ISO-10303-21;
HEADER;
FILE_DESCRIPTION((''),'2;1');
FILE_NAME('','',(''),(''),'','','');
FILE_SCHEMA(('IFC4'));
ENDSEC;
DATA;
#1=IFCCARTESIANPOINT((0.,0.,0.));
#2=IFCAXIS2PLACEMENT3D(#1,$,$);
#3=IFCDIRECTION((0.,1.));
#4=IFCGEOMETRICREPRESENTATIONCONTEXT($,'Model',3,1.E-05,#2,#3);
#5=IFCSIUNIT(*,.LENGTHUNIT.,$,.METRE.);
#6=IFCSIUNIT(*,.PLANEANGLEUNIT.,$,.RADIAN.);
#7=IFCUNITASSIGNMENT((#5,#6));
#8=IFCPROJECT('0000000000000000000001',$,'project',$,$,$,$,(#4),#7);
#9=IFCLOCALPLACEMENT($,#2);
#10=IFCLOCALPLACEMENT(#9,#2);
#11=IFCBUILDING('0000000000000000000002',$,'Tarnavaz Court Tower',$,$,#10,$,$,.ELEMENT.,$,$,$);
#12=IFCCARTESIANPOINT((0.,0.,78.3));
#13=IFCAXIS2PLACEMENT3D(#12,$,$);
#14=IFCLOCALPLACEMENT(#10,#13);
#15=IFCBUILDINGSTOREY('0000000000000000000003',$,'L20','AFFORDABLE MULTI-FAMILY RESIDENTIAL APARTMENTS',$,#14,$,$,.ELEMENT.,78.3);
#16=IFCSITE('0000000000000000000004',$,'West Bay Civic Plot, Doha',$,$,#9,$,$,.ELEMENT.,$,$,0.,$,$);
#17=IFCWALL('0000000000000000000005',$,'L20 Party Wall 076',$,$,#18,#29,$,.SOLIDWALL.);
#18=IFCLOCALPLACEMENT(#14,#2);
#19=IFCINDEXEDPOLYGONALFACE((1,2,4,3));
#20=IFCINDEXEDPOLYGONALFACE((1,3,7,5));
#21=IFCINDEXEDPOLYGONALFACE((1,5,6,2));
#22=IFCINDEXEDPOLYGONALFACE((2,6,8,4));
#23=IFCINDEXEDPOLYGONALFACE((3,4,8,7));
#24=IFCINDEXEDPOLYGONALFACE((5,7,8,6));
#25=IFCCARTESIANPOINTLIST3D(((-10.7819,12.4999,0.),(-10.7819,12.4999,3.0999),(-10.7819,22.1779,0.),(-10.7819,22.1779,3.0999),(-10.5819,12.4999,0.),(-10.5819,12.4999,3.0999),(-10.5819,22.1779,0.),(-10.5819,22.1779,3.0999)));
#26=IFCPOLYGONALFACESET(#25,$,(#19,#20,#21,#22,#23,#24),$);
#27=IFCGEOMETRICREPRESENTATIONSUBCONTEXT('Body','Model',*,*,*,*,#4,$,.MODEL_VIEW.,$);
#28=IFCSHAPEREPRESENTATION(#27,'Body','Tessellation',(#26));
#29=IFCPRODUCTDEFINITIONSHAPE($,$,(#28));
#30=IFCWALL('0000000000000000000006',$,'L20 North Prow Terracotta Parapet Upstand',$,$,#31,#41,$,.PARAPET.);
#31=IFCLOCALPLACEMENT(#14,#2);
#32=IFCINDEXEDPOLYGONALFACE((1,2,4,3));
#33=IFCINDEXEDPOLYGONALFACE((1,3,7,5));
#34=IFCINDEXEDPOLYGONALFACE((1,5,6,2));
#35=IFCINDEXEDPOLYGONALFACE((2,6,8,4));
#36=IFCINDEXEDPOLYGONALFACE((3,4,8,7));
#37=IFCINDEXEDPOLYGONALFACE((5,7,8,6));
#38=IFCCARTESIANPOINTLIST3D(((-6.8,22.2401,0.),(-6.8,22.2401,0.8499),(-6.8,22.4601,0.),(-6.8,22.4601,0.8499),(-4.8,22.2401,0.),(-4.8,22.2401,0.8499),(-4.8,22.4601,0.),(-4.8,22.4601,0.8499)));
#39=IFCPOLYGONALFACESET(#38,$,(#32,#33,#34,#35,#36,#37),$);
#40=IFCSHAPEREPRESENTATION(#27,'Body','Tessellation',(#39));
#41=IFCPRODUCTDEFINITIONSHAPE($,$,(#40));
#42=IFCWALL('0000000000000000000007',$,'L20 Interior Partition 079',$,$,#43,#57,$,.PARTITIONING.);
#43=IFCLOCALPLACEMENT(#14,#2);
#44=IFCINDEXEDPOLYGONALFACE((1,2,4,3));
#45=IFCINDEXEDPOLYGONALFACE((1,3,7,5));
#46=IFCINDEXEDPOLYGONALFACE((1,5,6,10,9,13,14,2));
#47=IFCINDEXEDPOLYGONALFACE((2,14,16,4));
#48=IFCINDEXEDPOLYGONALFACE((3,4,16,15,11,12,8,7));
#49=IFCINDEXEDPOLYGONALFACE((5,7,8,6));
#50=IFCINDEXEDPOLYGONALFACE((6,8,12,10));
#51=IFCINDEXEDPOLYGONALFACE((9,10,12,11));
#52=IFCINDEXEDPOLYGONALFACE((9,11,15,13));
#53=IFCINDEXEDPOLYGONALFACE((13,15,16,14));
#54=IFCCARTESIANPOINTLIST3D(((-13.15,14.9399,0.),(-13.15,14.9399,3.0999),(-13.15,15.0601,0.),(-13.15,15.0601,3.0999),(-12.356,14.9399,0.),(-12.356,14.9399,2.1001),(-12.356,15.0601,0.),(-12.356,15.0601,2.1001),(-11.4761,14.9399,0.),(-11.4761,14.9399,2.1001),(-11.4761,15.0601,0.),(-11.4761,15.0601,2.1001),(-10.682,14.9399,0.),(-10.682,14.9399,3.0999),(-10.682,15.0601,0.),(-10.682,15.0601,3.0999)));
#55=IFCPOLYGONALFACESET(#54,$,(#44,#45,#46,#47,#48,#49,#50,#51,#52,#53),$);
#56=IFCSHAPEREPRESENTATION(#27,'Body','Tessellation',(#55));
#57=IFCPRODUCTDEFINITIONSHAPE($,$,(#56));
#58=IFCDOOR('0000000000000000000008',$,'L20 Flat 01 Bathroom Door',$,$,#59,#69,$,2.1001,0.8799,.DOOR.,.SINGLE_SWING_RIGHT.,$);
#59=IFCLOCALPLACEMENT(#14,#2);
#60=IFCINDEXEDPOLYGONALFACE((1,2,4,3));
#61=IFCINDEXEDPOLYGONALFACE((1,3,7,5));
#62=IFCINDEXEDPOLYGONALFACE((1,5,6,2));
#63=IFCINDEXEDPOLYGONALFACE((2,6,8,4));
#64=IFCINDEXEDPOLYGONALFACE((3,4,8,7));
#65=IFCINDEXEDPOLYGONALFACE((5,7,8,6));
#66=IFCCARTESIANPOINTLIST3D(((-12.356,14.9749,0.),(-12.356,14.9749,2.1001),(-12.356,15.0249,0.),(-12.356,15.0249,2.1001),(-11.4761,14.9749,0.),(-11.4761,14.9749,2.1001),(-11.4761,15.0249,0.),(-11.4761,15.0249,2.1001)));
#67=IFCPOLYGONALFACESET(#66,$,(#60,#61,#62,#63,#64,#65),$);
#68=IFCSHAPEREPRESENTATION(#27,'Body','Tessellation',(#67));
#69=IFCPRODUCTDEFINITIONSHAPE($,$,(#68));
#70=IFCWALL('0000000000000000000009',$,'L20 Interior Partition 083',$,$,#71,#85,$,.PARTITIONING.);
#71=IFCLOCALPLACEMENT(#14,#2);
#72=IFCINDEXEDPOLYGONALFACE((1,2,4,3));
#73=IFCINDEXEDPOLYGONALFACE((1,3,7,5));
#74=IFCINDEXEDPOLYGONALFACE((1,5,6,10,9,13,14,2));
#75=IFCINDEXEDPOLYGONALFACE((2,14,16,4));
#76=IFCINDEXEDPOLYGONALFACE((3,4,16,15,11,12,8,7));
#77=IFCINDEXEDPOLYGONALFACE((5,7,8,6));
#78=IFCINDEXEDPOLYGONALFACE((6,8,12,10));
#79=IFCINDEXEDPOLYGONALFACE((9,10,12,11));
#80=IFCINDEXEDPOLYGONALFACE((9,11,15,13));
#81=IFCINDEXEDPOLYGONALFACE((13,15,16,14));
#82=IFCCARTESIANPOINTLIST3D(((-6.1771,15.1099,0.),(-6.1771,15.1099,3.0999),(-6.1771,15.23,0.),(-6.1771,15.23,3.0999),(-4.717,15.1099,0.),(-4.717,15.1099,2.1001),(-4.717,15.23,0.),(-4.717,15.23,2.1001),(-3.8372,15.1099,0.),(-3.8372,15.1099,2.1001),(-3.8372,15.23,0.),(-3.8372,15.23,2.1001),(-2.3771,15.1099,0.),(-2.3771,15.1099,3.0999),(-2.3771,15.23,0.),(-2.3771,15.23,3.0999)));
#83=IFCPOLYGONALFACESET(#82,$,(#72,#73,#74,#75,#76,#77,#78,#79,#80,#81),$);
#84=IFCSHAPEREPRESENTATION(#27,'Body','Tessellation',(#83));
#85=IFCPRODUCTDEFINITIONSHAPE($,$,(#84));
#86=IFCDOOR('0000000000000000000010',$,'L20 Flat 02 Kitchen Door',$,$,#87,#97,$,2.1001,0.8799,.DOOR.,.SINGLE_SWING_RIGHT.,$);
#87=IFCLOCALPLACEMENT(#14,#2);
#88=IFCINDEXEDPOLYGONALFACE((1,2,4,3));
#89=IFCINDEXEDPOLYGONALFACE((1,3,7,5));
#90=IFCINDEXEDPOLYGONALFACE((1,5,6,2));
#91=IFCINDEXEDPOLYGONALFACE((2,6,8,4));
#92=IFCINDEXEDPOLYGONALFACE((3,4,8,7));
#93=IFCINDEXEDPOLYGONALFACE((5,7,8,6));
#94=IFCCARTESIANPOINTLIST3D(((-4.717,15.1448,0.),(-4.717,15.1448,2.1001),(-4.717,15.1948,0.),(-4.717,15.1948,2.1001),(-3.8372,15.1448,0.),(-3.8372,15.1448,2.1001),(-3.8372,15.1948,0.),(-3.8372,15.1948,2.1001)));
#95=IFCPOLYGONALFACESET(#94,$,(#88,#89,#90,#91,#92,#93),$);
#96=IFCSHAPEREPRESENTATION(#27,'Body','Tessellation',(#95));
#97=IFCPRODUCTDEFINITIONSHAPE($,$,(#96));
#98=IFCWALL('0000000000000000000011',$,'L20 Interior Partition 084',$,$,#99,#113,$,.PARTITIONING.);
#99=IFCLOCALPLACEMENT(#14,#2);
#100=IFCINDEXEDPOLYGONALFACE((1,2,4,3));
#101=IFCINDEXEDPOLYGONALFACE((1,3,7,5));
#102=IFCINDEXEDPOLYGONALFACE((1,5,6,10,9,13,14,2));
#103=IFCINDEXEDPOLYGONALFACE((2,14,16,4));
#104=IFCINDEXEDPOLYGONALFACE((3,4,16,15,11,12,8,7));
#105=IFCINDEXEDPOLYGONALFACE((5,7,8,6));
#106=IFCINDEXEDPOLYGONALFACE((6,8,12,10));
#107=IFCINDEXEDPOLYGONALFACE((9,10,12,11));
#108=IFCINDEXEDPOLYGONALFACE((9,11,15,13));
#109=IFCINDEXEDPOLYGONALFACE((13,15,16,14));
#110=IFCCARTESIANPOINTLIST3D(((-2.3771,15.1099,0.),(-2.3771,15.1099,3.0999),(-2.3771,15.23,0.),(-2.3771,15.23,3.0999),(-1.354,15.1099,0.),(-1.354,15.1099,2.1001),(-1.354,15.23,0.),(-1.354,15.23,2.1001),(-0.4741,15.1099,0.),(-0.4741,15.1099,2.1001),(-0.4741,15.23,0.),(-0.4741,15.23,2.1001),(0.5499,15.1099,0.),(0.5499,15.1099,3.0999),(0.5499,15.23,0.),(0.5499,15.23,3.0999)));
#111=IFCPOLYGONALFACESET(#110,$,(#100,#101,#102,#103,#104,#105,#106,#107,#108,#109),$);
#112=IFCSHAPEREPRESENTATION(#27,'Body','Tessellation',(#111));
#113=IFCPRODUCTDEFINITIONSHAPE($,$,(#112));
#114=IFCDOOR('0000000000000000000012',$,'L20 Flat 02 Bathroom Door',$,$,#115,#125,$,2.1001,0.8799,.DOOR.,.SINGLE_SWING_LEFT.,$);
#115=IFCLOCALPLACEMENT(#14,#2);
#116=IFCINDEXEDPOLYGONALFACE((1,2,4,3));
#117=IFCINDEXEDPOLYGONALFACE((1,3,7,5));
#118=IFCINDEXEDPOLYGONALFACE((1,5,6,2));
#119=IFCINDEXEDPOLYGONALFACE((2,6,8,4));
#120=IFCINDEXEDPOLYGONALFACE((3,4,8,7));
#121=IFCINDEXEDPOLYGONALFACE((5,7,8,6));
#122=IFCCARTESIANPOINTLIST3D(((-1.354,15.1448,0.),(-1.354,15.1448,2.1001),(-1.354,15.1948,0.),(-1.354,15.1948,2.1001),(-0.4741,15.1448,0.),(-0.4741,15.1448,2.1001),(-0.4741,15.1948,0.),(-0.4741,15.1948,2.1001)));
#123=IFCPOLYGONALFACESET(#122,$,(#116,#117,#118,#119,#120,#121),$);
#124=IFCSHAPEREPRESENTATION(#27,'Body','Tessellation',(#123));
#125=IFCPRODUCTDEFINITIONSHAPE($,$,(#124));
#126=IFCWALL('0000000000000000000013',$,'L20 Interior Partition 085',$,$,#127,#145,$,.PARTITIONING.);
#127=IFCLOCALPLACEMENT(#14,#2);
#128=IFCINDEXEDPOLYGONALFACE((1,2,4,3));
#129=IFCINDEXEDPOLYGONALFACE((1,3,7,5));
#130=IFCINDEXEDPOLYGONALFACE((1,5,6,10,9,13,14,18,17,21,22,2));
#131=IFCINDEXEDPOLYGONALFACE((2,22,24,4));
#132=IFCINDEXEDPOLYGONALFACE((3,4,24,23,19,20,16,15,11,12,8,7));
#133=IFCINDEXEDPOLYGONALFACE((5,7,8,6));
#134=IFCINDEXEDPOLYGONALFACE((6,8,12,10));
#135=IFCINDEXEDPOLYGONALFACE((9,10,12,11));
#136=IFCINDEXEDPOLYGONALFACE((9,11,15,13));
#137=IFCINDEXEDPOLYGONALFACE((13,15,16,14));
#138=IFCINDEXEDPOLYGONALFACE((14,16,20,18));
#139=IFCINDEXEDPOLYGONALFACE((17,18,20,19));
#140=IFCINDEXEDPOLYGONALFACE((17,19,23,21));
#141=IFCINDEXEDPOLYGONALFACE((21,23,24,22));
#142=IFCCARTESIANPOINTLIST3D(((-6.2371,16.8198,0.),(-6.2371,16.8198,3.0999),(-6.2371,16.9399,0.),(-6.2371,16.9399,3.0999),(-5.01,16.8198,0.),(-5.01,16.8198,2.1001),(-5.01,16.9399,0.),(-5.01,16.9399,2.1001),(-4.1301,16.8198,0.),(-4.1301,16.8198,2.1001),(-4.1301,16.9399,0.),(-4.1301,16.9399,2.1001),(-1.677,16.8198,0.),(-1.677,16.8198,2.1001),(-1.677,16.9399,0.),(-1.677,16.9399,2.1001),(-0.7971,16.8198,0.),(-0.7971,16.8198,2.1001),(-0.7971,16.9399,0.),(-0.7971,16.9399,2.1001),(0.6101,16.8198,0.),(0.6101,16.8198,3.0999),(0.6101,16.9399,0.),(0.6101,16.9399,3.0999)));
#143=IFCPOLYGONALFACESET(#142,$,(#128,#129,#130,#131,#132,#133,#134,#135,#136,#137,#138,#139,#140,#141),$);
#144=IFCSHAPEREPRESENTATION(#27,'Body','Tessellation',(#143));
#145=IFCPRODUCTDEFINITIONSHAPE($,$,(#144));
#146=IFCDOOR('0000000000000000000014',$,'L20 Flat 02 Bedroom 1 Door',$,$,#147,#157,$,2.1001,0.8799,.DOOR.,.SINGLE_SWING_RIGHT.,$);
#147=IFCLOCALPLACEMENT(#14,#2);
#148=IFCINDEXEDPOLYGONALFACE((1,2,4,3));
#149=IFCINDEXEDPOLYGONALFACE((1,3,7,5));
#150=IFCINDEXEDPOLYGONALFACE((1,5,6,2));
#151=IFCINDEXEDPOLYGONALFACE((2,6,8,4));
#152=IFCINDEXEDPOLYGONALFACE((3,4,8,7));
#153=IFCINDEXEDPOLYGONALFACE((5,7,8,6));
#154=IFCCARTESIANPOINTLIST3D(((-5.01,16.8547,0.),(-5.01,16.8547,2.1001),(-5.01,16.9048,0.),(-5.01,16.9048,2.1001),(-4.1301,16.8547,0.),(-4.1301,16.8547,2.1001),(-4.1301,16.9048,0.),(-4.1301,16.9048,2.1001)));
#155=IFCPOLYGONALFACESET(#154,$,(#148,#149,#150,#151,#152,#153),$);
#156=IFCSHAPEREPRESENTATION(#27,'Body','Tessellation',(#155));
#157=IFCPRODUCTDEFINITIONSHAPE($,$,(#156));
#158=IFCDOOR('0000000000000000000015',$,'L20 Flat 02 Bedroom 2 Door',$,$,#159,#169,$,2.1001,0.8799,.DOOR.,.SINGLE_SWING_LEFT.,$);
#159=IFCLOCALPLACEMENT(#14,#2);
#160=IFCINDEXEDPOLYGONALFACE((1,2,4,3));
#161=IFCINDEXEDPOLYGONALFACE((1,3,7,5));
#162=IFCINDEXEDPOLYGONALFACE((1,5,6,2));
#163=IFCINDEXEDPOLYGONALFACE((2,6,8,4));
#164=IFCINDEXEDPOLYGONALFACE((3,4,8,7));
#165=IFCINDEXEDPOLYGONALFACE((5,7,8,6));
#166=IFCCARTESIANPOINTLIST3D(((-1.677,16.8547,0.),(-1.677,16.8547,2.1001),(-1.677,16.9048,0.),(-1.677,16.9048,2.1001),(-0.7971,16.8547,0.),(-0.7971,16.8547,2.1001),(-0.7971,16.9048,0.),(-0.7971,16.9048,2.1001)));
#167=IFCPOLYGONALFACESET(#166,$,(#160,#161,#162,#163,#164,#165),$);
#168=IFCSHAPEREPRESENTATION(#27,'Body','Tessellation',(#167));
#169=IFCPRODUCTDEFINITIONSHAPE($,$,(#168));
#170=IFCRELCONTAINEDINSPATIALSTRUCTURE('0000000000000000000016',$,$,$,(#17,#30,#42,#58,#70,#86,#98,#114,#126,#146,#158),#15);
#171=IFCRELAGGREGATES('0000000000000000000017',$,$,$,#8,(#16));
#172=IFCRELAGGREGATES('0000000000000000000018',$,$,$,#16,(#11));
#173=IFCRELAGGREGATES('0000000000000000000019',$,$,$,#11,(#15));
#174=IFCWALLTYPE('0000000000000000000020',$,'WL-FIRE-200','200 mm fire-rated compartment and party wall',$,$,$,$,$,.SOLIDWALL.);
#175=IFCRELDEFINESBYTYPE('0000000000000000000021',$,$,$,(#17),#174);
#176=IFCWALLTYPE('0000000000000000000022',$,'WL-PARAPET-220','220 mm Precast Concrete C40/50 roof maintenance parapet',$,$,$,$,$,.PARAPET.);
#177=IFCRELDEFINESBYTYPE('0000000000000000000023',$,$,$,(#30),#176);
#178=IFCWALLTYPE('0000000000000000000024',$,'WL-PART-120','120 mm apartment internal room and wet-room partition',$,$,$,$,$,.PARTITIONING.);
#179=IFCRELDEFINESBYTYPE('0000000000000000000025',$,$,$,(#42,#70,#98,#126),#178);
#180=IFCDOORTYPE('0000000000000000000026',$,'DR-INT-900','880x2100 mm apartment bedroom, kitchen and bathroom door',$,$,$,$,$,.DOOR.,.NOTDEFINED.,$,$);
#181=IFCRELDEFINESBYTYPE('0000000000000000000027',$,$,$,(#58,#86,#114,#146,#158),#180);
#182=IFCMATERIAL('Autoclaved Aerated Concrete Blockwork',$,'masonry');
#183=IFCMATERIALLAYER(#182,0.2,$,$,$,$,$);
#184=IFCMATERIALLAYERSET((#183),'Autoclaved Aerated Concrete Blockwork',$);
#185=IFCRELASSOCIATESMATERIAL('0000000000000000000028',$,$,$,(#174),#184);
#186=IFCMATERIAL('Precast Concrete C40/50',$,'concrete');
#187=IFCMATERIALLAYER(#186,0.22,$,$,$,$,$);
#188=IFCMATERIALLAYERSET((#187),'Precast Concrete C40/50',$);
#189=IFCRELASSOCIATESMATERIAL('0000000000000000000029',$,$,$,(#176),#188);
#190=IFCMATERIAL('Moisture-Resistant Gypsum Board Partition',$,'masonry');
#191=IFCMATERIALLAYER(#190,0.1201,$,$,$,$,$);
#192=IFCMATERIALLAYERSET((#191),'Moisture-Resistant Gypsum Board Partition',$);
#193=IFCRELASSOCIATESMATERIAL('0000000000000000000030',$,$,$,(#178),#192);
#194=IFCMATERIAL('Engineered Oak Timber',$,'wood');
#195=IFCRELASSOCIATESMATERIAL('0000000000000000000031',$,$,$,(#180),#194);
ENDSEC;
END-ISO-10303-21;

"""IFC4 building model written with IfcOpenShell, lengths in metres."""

from ifc_helpers import new_model, si_unit, direction, frame, frame_2d, origin, place, context, subcontext, project, spatial, rectangle, extrude, material, layer, layer_set, type_object, element, fill, save


model = new_model("IFC4")

# Units and contexts
model_context = context("Model", 3, precision=1e-05, world=origin(), true_north=direction((0.0, 1.0)))
body_context = subcontext(model_context, "Body", "Model", "MODEL_VIEW")
ifc_project = project(units=[si_unit("LENGTHUNIT", "METRE"), si_unit("PLANEANGLEUNIT", "RADIAN")], contexts=[model_context])

# Site, building, storey
site_placement = place(None, origin())
site = spatial("IfcSite", under=ifc_project, at=site_placement, Name="West Bay Civic Plot, Doha", CompositionType="ELEMENT", RefElevation=0.0)
building_placement = place(site_placement, origin())
building = spatial("IfcBuilding", under=site, at=building_placement, Name="Tarnavaz Court Tower", CompositionType="ELEMENT")
storey_placement = place(building_placement, frame((0.0, 0.0, 78.3)))
storey = spatial("IfcBuildingStorey", under=building, at=storey_placement, Name="L20", Description="AFFORDABLE MULTI-FAMILY RESIDENTIAL APARTMENTS", CompositionType="ELEMENT", Elevation=78.3)

# Shared definitions
ifc_material_1 = material(Name="Precast Concrete C40/50", Category="concrete")

# Walls
ifc_material_2 = material(Name="Autoclaved Aerated Concrete Blockwork", Category="masonry")
ifc_layer_1 = layer(ifc_material_2, 0.2)
ifc_layer_set_1 = layer_set([ifc_layer_1], Name="Autoclaved Aerated Concrete Blockwork")
wall_type_1 = type_object("IfcWallType", Name="WL-FIRE-200", Description="200 mm fire-rated compartment and party wall", PredefinedType="SOLIDWALL", material=ifc_layer_set_1)
wall_1_placement = place(storey_placement, frame((-10.6819, 12.5, 0.0), z_axis=(0.0, 0.0, 1.0), x_axis=(0.0, 1.0, 0.0)))
element("IfcWall", 1, at=wall_1_placement, inside=storey, type_object=wall_type_1, Name="L20 Party Wall 076", PredefinedType="SOLIDWALL", context=body_context, shape_type="SweptSolid", body=[
    extrude(rectangle(XDim=9.678, YDim=0.2, at=frame_2d((4.8389, 0.0))), origin(), (0.0, 0.0, 1.0), 3.0999),
])
ifc_layer_2 = layer(ifc_material_1, 0.22)
ifc_layer_set_2 = layer_set([ifc_layer_2], Name="Precast Concrete C40/50")
wall_type_2 = type_object("IfcWallType", Name="WL-PARAPET-220", Description="220 mm Precast Concrete C40/50 roof maintenance parapet", PredefinedType="PARAPET", material=ifc_layer_set_2)
wall_2_placement = place(storey_placement, frame((-6.8, 22.3501, 0.0), z_axis=(0.0, 0.0, 1.0), x_axis=(1.0, 0.0, 0.0)))
element("IfcWall", 2, at=wall_2_placement, inside=storey, type_object=wall_type_2, Name="L20 North Prow Terracotta Parapet Upstand", PredefinedType="PARAPET", context=body_context, shape_type="SweptSolid", body=[
    extrude(rectangle(XDim=2.0, YDim=0.22, at=frame_2d((1.0, 0.0))), origin(), (0.0, 0.0, 1.0), 0.8499),
])

# Walls, openings, doors
ifc_material_3 = material(Name="Moisture-Resistant Gypsum Board Partition", Category="masonry")
ifc_layer_3 = layer(ifc_material_3, 0.1201)
ifc_layer_set_3 = layer_set([ifc_layer_3], Name="Moisture-Resistant Gypsum Board Partition")
wall_type_3 = type_object("IfcWallType", Name="WL-PART-120", Description="120 mm apartment internal room and wet-room partition", PredefinedType="PARTITIONING", material=ifc_layer_set_3)
wall_3_placement = place(storey_placement, frame((-13.1499, 15.0, 0.0), z_axis=(0.0, 0.0, 1.0), x_axis=(1.0, 0.0, 0.0)))
wall_3 = element("IfcWall", 3, at=wall_3_placement, inside=storey, type_object=wall_type_3, Name="L20 Interior Partition 079", PredefinedType="PARTITIONING", context=body_context, shape_type="SweptSolid", body=[
    extrude(rectangle(XDim=2.468, YDim=0.1201, at=frame_2d((1.2339, 0.0))), origin(), (0.0, 0.0, 1.0), 3.0999),
])
opening_1_placement = place(wall_3_placement, frame((0.7939, 0.0, 0.0)))
opening_1 = element("IfcOpeningElement", 4, at=opening_1_placement, cuts=wall_3, PredefinedType="OPENING", context=body_context, shape_type="SweptSolid", body=[
    extrude(rectangle(XDim=0.8799, YDim=2.1001, at=frame_2d((0.4399, 1.05))), frame((0.0, 0.0701, 0.0), z_axis=(0.0, -1.0, 0.0), x_axis=(1.0, 0.0, 0.0)), (0.0, 0.0, 1.0), 0.1401),
])
ifc_material_4 = material(Name="Engineered Oak Timber", Category="wood")
door_type = type_object("IfcDoorType", Name="DR-INT-900", Description="880x2100 mm apartment bedroom, kitchen and bathroom door", OperationType="NOTDEFINED", PredefinedType="DOOR", material=ifc_material_4)
door_1_placement = place(opening_1_placement, origin())
door_1 = element("IfcDoor", 5, at=door_1_placement, inside=storey, type_object=door_type, Name="L20 Flat 01 Bathroom Door", OperationType="SINGLE_SWING_RIGHT", OverallHeight=2.1001, OverallWidth=0.8799, PredefinedType="DOOR", context=body_context, shape_type="SweptSolid", body=[
    extrude(rectangle(XDim=0.8799, YDim=2.1001, at=frame_2d((0.4399, 1.05))), frame((0.0, 0.0249, 0.0), z_axis=(0.0, -1.0, 0.0), x_axis=(1.0, 0.0, 0.0)), (0.0, 0.0, 1.0), 0.05),
])
fill(opening_1, door_1)
wall_4_placement = place(storey_placement, frame((-6.177, 15.1699, 0.0), z_axis=(0.0, 0.0, 1.0), x_axis=(1.0, 0.0, 0.0)))
wall_4 = element("IfcWall", 6, at=wall_4_placement, inside=storey, type_object=wall_type_3, Name="L20 Interior Partition 083", PredefinedType="PARTITIONING", context=body_context, shape_type="SweptSolid", body=[
    extrude(rectangle(XDim=3.8, YDim=0.1201, at=frame_2d((1.8999, 0.0))), origin(), (0.0, 0.0, 1.0), 3.0999),
])
opening_2_placement = place(wall_4_placement, frame((1.46, 0.0, 0.0)))
opening_2 = element("IfcOpeningElement", 7, at=opening_2_placement, cuts=wall_4, PredefinedType="OPENING", context=body_context, shape_type="SweptSolid", body=[
    extrude(rectangle(XDim=0.8799, YDim=2.1001, at=frame_2d((0.4399, 1.05))), frame((0.0, 0.0701, 0.0), z_axis=(0.0, -1.0, 0.0), x_axis=(1.0, 0.0, 0.0)), (0.0, 0.0, 1.0), 0.1401),
])
door_2_placement = place(opening_2_placement, origin())
door_2 = element("IfcDoor", 8, at=door_2_placement, inside=storey, type_object=door_type, Name="L20 Flat 02 Kitchen Door", OperationType="SINGLE_SWING_RIGHT", OverallHeight=2.1001, OverallWidth=0.8799, PredefinedType="DOOR", context=body_context, shape_type="SweptSolid", body=[
    extrude(rectangle(XDim=0.8799, YDim=2.1001, at=frame_2d((0.4399, 1.05))), frame((0.0, 0.0249, 0.0), z_axis=(0.0, -1.0, 0.0), x_axis=(1.0, 0.0, 0.0)), (0.0, 0.0, 1.0), 0.05),
])
fill(opening_2, door_2)
wall_5_placement = place(storey_placement, frame((-2.377, 15.1699, 0.0), z_axis=(0.0, 0.0, 1.0), x_axis=(1.0, 0.0, 0.0)))
wall_5 = element("IfcWall", 9, at=wall_5_placement, inside=storey, type_object=wall_type_3, Name="L20 Interior Partition 084", PredefinedType="PARTITIONING", context=body_context, shape_type="SweptSolid", body=[
    extrude(rectangle(XDim=2.927, YDim=0.1201, at=frame_2d((1.4634, 0.0))), origin(), (0.0, 0.0, 1.0), 3.0999),
])
opening_3_placement = place(wall_5_placement, frame((1.0229, 0.0, 0.0)))
opening_3 = element("IfcOpeningElement", 10, at=opening_3_placement, cuts=wall_5, PredefinedType="OPENING", context=body_context, shape_type="SweptSolid", body=[
    extrude(rectangle(XDim=0.8799, YDim=2.1001, at=frame_2d((0.4399, 1.05))), frame((0.0, 0.0701, 0.0), z_axis=(0.0, -1.0, 0.0), x_axis=(1.0, 0.0, 0.0)), (0.0, 0.0, 1.0), 0.1401),
])
door_3_placement = place(opening_3_placement, origin())
door_3 = element("IfcDoor", 11, at=door_3_placement, inside=storey, type_object=door_type, Name="L20 Flat 02 Bathroom Door", OperationType="SINGLE_SWING_LEFT", OverallHeight=2.1001, OverallWidth=0.8799, PredefinedType="DOOR", context=body_context, shape_type="SweptSolid", body=[
    extrude(rectangle(XDim=0.8799, YDim=2.1001, at=frame_2d((0.4399, 1.05))), frame((0.0, 0.0249, 0.0), z_axis=(0.0, -1.0, 0.0), x_axis=(1.0, 0.0, 0.0)), (0.0, 0.0, 1.0), 0.05),
])
fill(opening_3, door_3)

# Wall, openings, doors
wall_6_placement = place(storey_placement, frame((-6.2371, 16.8799, 0.0), z_axis=(0.0, 0.0, 1.0), x_axis=(1.0, 0.0, 0.0)))
wall_6 = element("IfcWall", 12, at=wall_6_placement, inside=storey, type_object=wall_type_3, Name="L20 Interior Partition 085", PredefinedType="PARTITIONING", context=body_context, shape_type="SweptSolid", body=[
    extrude(rectangle(XDim=6.8472, YDim=0.1201, at=frame_2d((3.4236, 0.0))), origin(), (0.0, 0.0, 1.0), 3.0999),
])
opening_4_placement = place(wall_6_placement, frame((1.2271, 0.0, 0.0)))
opening_4 = element("IfcOpeningElement", 13, at=opening_4_placement, cuts=wall_6, PredefinedType="OPENING", context=body_context, shape_type="SweptSolid", body=[
    extrude(rectangle(XDim=0.8799, YDim=2.1001, at=frame_2d((0.4399, 1.05))), frame((0.0, 0.0701, 0.0), z_axis=(0.0, -1.0, 0.0), x_axis=(1.0, 0.0, 0.0)), (0.0, 0.0, 1.0), 0.1401),
])
opening_5_placement = place(wall_6_placement, frame((4.5601, 0.0, 0.0)))
opening_5 = element("IfcOpeningElement", 14, at=opening_5_placement, cuts=wall_6, PredefinedType="OPENING", context=body_context, shape_type="SweptSolid", body=[
    extrude(rectangle(XDim=0.8799, YDim=2.1001, at=frame_2d((0.4399, 1.05))), frame((0.0, 0.0701, 0.0), z_axis=(0.0, -1.0, 0.0), x_axis=(1.0, 0.0, 0.0)), (0.0, 0.0, 1.0), 0.1401),
])
door_4_placement = place(opening_4_placement, origin())
door_4 = element("IfcDoor", 15, at=door_4_placement, inside=storey, type_object=door_type, Name="L20 Flat 02 Bedroom 1 Door", OperationType="SINGLE_SWING_RIGHT", OverallHeight=2.1001, OverallWidth=0.8799, PredefinedType="DOOR", context=body_context, shape_type="SweptSolid", body=[
    extrude(rectangle(XDim=0.8799, YDim=2.1001, at=frame_2d((0.4399, 1.05))), frame((0.0, 0.0249, 0.0), z_axis=(0.0, -1.0, 0.0), x_axis=(1.0, 0.0, 0.0)), (0.0, 0.0, 1.0), 0.05),
])
fill(opening_4, door_4)
door_5_placement = place(opening_5_placement, origin())
door_5 = element("IfcDoor", 16, at=door_5_placement, inside=storey, type_object=door_type, Name="L20 Flat 02 Bedroom 2 Door", OperationType="SINGLE_SWING_LEFT", OverallHeight=2.1001, OverallWidth=0.8799, PredefinedType="DOOR", context=body_context, shape_type="SweptSolid", body=[
    extrude(rectangle(XDim=0.8799, YDim=2.1001, at=frame_2d((0.4399, 1.05))), frame((0.0, 0.0249, 0.0), z_axis=(0.0, -1.0, 0.0), x_axis=(1.0, 0.0, 0.0)), (0.0, 0.0, 1.0), 0.05),
])
fill(opening_5, door_5)

save(model, "model.ifc")
